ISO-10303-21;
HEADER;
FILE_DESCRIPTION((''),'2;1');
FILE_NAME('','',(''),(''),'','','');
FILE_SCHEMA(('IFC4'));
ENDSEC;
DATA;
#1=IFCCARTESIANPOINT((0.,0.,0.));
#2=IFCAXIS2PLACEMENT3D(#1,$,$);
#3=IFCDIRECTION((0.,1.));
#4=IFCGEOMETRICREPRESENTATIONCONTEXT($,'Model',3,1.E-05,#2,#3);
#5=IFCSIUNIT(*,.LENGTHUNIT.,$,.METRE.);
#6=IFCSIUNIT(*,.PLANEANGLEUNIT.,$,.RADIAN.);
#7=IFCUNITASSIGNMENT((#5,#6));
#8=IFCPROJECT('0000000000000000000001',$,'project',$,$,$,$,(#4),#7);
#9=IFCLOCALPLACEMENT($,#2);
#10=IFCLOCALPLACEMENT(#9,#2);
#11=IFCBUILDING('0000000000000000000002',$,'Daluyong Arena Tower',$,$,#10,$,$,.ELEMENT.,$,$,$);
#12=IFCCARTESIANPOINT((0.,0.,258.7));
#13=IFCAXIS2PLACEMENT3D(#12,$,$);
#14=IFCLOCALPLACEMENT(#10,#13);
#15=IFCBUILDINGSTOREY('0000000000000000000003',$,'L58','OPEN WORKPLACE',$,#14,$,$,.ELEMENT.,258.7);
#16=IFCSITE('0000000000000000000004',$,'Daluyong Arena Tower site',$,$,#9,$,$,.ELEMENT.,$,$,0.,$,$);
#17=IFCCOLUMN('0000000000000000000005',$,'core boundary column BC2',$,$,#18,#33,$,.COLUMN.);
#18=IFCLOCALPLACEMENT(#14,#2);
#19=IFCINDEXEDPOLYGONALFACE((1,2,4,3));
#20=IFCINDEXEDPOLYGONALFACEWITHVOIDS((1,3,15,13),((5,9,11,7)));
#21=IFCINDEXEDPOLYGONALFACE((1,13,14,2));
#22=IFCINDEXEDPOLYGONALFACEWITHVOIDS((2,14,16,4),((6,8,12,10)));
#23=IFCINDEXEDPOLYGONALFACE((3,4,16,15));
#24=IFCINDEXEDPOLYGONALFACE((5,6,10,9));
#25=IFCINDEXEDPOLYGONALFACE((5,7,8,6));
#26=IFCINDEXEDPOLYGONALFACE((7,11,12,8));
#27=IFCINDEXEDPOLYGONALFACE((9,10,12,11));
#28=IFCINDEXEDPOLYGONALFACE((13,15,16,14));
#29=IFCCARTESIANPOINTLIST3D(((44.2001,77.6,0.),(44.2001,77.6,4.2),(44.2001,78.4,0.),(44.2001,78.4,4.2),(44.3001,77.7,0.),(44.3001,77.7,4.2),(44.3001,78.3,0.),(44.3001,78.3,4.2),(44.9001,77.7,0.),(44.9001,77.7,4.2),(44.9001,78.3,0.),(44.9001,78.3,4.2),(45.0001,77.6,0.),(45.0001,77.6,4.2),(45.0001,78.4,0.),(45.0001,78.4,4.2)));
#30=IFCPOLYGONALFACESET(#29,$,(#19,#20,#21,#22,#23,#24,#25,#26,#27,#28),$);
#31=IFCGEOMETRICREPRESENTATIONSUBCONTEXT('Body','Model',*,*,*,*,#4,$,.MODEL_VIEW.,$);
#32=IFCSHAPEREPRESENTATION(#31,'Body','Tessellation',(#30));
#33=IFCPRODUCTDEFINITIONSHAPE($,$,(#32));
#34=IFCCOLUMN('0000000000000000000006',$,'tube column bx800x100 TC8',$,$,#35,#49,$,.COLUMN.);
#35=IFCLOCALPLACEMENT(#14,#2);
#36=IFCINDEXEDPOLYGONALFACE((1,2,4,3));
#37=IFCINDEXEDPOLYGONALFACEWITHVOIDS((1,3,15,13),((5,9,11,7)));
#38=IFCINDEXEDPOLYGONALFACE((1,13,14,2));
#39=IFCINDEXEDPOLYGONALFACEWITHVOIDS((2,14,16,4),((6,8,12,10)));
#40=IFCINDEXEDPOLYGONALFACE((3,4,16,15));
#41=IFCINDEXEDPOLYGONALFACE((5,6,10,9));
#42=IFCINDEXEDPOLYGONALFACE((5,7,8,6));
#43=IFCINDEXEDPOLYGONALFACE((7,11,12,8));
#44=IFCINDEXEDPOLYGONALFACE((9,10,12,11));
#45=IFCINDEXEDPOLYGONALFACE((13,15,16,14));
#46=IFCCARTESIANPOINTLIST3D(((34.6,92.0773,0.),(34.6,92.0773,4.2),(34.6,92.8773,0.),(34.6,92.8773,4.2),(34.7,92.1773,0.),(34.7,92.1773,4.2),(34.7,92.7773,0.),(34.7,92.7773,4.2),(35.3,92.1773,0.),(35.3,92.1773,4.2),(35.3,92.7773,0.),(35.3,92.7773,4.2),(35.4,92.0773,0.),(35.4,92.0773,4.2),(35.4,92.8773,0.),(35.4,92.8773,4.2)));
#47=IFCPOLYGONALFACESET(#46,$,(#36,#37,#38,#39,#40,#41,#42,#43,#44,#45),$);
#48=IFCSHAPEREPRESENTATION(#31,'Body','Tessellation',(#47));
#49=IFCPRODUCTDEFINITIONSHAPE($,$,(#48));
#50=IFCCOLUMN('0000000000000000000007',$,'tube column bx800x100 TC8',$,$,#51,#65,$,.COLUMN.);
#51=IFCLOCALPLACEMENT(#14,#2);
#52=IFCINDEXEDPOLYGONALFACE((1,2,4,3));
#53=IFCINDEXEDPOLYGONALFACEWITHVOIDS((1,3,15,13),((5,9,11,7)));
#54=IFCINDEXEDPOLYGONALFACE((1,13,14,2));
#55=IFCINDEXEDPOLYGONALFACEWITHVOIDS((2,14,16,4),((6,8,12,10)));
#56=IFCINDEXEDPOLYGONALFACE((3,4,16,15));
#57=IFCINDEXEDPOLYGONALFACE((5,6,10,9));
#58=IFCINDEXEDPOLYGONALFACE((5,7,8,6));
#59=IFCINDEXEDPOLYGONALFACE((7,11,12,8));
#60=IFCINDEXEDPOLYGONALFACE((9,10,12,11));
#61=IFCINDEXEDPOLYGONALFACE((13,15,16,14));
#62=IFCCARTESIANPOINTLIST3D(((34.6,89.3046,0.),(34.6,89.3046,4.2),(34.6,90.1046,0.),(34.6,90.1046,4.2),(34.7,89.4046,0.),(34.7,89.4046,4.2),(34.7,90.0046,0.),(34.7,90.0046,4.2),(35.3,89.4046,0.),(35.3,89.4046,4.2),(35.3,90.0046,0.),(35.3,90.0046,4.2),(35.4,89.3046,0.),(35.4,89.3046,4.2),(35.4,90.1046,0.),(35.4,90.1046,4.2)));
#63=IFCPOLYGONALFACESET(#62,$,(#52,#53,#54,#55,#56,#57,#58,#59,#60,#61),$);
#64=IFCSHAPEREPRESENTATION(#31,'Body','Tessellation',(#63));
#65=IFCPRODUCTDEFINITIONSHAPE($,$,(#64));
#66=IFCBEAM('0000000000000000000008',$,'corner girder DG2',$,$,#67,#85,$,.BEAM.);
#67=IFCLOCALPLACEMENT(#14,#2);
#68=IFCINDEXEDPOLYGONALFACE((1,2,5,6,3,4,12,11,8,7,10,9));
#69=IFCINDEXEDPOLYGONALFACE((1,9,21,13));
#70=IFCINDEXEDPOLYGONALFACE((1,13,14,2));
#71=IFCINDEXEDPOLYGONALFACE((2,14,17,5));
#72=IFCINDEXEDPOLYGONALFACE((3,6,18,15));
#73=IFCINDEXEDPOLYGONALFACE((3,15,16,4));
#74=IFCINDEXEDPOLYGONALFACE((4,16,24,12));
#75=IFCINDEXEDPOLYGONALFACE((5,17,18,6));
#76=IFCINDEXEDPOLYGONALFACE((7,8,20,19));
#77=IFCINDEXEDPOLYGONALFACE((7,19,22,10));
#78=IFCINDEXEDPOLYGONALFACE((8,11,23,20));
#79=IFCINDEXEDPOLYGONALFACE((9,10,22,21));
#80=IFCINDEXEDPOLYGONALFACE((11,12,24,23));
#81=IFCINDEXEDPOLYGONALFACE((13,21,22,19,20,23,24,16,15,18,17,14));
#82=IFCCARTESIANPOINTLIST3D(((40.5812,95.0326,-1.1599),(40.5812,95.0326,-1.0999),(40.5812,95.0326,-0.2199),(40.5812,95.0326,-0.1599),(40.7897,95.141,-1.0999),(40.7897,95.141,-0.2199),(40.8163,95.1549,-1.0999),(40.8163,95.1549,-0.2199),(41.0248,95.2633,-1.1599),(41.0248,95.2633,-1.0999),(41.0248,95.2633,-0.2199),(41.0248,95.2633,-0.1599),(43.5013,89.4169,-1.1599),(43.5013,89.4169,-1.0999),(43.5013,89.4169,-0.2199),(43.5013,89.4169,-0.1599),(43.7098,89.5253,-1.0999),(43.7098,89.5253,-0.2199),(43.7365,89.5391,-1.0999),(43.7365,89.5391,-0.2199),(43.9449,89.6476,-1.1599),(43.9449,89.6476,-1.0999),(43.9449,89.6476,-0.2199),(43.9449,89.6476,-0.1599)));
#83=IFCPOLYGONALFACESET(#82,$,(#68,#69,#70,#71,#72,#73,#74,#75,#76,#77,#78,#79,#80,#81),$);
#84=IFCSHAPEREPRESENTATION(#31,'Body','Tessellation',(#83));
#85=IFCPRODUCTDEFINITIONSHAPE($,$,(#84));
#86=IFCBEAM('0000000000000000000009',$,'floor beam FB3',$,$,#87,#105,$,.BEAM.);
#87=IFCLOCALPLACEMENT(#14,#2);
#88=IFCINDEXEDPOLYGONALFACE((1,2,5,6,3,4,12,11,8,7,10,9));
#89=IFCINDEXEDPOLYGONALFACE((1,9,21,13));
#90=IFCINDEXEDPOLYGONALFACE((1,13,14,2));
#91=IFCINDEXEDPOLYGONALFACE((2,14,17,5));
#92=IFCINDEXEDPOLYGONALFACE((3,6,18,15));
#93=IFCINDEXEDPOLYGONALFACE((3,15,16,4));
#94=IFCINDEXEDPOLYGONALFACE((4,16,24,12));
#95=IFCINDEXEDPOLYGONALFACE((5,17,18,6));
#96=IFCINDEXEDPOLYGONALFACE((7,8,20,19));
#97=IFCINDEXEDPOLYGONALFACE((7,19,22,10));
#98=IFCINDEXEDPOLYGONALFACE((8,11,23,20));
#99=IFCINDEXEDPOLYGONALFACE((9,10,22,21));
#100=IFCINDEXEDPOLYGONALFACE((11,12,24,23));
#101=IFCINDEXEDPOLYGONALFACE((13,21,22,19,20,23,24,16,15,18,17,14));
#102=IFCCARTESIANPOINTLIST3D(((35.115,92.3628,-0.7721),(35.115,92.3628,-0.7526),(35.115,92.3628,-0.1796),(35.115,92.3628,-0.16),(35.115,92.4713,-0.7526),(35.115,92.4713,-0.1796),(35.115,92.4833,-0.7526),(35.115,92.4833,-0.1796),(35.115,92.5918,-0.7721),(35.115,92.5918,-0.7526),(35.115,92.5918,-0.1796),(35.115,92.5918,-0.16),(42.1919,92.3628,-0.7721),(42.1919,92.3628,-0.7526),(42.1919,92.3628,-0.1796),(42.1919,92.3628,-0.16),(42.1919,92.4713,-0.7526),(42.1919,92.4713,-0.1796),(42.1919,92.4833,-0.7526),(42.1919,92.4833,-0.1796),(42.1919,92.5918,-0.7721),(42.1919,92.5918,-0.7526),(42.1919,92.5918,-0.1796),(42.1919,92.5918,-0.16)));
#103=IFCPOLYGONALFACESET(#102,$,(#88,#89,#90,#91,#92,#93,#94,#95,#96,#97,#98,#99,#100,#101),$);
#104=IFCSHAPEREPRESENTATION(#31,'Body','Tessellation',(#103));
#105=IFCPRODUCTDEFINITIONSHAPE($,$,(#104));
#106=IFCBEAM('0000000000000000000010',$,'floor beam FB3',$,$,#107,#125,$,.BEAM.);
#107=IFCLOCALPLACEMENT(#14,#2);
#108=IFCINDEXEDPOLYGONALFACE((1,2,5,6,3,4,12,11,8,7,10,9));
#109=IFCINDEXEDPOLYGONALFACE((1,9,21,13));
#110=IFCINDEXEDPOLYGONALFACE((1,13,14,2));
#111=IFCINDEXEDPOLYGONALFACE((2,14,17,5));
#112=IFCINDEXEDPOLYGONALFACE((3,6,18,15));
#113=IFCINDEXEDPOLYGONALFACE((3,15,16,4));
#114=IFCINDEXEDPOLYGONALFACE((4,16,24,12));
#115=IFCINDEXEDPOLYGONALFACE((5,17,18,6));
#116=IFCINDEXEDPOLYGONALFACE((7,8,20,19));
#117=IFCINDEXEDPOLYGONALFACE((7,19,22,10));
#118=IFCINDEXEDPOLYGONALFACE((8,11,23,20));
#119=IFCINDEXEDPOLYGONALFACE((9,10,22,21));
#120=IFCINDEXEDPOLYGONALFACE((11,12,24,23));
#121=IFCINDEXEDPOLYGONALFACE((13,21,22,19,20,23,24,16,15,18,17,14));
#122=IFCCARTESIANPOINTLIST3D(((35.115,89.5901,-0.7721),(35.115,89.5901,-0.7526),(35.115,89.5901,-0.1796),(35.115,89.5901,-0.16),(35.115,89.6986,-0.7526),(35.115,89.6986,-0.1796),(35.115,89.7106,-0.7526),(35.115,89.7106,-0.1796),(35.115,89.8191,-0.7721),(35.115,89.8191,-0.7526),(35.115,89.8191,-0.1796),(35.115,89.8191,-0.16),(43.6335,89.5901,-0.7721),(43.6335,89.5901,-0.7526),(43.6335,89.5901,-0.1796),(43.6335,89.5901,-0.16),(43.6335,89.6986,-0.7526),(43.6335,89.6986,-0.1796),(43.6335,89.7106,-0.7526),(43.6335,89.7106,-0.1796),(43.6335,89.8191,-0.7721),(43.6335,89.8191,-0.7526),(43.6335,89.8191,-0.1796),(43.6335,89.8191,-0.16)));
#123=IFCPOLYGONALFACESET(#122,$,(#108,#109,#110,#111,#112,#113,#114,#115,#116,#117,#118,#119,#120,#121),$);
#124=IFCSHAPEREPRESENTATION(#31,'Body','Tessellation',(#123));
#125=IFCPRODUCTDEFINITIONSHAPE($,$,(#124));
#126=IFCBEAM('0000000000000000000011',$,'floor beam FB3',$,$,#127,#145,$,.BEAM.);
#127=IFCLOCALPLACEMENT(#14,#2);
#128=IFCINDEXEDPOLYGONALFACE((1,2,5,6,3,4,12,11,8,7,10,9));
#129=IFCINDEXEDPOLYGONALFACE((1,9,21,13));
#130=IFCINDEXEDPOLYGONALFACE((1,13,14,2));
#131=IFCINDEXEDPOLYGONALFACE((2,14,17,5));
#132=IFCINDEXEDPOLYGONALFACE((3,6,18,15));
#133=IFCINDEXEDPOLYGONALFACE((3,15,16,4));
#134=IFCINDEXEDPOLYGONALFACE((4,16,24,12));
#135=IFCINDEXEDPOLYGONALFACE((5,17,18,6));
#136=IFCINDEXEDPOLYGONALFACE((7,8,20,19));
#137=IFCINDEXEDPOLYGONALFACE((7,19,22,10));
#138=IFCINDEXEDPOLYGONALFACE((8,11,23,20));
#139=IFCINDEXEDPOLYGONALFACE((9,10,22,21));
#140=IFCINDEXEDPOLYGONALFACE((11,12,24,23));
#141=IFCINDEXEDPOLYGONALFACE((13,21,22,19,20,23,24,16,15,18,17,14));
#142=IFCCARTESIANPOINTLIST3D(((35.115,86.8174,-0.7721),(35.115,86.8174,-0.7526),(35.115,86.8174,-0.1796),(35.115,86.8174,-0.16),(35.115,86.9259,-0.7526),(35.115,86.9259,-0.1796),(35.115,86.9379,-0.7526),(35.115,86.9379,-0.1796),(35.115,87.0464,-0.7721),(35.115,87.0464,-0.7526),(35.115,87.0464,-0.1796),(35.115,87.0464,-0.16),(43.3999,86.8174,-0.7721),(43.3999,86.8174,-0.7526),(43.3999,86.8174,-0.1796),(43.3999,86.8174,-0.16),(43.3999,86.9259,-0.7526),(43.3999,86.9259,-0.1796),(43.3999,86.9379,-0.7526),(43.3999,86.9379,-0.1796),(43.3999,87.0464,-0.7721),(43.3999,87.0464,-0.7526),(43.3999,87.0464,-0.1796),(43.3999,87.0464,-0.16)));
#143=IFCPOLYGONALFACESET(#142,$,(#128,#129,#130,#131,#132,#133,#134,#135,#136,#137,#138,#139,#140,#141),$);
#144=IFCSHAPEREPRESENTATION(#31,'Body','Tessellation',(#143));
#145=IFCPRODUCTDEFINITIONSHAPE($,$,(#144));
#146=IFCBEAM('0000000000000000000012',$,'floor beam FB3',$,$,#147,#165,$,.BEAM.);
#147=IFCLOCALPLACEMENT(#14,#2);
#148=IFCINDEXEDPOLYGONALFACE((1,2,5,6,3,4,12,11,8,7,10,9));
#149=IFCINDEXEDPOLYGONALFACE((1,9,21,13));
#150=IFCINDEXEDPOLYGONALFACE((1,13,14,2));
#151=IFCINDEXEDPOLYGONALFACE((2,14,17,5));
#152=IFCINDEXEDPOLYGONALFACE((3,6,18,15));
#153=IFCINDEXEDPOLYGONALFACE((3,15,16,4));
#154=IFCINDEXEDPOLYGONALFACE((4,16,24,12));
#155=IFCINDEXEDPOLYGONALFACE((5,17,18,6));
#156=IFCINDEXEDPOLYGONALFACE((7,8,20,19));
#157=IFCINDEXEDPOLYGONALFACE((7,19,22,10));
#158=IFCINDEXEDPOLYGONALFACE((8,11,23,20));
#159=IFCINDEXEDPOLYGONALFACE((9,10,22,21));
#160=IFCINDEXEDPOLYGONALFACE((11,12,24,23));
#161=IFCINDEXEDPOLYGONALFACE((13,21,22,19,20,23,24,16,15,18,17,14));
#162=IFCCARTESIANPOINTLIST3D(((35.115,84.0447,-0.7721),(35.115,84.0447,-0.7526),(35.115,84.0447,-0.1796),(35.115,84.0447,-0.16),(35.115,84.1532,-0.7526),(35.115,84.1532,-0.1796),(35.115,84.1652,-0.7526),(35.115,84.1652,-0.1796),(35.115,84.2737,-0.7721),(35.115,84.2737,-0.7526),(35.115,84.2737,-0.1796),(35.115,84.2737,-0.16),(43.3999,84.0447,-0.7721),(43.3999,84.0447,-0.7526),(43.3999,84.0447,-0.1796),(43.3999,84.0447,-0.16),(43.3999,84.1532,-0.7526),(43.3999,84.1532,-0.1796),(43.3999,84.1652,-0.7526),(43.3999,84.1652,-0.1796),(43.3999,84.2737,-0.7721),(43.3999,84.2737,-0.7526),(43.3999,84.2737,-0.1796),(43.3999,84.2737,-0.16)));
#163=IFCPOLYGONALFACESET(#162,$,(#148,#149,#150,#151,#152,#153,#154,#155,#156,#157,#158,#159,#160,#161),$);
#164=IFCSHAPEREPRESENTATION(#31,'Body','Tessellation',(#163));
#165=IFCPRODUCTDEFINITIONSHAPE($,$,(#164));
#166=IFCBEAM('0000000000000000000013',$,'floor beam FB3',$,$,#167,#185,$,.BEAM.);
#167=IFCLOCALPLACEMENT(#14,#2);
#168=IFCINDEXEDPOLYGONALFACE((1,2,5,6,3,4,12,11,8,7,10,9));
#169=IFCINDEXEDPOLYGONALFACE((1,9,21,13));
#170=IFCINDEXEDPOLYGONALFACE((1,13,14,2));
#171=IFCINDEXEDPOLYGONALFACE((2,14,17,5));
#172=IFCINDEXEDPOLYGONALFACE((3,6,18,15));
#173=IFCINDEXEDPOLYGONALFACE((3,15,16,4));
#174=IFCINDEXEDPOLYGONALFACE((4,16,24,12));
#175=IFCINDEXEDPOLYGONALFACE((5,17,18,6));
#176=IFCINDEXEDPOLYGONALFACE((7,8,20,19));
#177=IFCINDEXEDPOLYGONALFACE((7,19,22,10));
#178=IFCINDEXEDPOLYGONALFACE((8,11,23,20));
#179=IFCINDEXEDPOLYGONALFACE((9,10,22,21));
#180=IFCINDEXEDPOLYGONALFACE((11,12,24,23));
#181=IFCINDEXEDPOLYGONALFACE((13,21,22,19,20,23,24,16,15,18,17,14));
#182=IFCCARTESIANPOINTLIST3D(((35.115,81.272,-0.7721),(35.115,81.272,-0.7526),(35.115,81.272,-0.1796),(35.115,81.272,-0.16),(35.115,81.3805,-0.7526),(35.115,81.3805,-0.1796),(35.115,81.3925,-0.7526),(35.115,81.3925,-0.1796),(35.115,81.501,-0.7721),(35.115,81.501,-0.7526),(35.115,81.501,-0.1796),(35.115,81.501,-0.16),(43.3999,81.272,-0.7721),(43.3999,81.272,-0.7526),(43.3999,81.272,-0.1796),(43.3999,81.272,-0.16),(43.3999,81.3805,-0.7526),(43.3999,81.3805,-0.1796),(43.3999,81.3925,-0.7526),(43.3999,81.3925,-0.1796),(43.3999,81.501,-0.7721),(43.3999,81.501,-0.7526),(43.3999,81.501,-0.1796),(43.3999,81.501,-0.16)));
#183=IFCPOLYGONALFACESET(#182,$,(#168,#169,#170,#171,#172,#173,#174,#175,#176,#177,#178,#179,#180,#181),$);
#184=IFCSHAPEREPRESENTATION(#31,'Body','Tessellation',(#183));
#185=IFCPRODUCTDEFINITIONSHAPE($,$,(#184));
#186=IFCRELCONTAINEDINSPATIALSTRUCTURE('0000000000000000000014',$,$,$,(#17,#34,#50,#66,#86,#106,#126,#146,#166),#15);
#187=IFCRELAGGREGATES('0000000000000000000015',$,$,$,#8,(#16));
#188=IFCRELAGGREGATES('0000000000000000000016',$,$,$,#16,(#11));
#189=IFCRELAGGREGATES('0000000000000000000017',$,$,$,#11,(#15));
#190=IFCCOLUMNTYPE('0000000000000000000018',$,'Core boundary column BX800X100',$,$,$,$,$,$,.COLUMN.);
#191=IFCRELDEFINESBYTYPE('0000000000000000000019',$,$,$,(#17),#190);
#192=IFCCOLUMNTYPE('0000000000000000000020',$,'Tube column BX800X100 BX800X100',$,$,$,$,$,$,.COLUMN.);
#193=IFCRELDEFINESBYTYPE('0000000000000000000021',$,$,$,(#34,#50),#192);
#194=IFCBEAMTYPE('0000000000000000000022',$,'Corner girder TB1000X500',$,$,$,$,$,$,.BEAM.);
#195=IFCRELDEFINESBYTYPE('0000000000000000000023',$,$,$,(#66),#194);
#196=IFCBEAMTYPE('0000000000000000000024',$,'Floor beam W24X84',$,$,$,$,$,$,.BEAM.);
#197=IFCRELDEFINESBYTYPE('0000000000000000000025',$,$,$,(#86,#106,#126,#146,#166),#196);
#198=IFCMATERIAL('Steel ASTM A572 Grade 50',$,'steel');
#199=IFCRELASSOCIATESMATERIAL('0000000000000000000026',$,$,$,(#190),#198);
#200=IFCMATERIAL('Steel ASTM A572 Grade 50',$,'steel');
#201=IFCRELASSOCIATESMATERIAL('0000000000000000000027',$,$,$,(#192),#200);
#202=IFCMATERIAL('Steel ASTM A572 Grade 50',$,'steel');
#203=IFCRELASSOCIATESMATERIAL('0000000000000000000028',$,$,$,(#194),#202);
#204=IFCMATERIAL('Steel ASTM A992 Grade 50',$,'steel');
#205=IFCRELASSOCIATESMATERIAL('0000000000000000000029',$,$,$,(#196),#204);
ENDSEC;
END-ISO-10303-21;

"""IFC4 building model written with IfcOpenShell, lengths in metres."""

from ifc_helpers import new_model, si_unit, direction, frame, origin, origin_2d, place, context, subcontext, project, spatial, hollow_rectangle, i_section, extrude, material, material_profile, profile_set, type_object, element, save


model = new_model("IFC4")

# Units and contexts
model_context = context("Model", 3, precision=1e-05, world=origin(), true_north=direction((0.0, 1.0)))
body_context = subcontext(model_context, "Body", "Model", "MODEL_VIEW")
ifc_project = project(units=[si_unit("LENGTHUNIT", "METRE"), si_unit("PLANEANGLEUNIT", "RADIAN")], contexts=[model_context])

# Site, building, storey
site_placement = place(None, origin())
site = spatial("IfcSite", under=ifc_project, at=site_placement, Name="Daluyong Arena Tower site", CompositionType="ELEMENT", RefElevation=0.0)
building_placement = place(site_placement, origin())
building = spatial("IfcBuilding", under=site, at=building_placement, Name="Daluyong Arena Tower", CompositionType="ELEMENT")
storey_placement = place(building_placement, frame((0.0, 0.0, 258.7)))
storey = spatial("IfcBuildingStorey", under=building, at=storey_placement, Name="L58", Description="OPEN WORKPLACE", CompositionType="ELEMENT", Elevation=258.7)

# Columns
ifc_material_1 = material(Name="Steel ASTM A572 Grade 50", Category="steel")
ifc_material_profile_1 = material_profile(ifc_material_1, hollow_rectangle(XDim=0.8, YDim=0.8, WallThickness=0.1, at=origin_2d()))
ifc_profile_set_1 = profile_set([ifc_material_profile_1], Name="Steel ASTM A572 Grade 50")
column_type_1 = type_object("IfcColumnType", Name="Core boundary column BX800X100", PredefinedType="COLUMN", material=ifc_profile_set_1)
column_placement = place(storey_placement, frame((44.6001, 78.0, 0.0), z_axis=(0.0, 0.0, 1.0), x_axis=(1.0, 0.0, 0.0)))
element("IfcColumn", 1, at=column_placement, inside=storey, type_object=column_type_1, Name="core boundary column BC2", PredefinedType="COLUMN", context=body_context, shape_type="SweptSolid", body=[
    extrude(hollow_rectangle(XDim=0.8, YDim=0.8, WallThickness=0.1, at=origin_2d()), origin(), (0.0, 0.0, 1.0), 4.2),
])
ifc_material_2 = material(Name="Steel ASTM A572 Grade 50", Category="steel")
ifc_material_profile_2 = material_profile(ifc_material_2, hollow_rectangle(XDim=0.8, YDim=0.8, WallThickness=0.1, at=origin_2d()))
ifc_profile_set_2 = profile_set([ifc_material_profile_2], Name="Steel ASTM A572 Grade 50")
column_type_2 = type_object("IfcColumnType", Name="Tube column BX800X100 BX800X100", PredefinedType="COLUMN", material=ifc_profile_set_2)
for number, where, z_axis, x_axis, name in (
    (2, (35.0, 92.4773, 0.0), (0.0, 0.0, 1.0), (0.0, 1.0, 0.0), "tube column bx800x100 TC8"),
    (3, (35.0, 89.7046, 0.0), (0.0, 0.0, 1.0), (0.0, 1.0, 0.0), "tube column bx800x100 TC8"),
):
    element("IfcColumn", number, at=place(storey_placement, frame(where, z_axis=z_axis, x_axis=x_axis)), inside=storey, type_object=column_type_2, Name=name, PredefinedType="COLUMN", context=body_context, shape_type="SweptSolid", body=[
        extrude(hollow_rectangle(XDim=0.8, YDim=0.8, WallThickness=0.1, at=origin_2d()), origin(), (0.0, 0.0, 1.0), 4.2),
    ])

# Beams
ifc_material_3 = material(Name="Steel ASTM A572 Grade 50", Category="steel")
ifc_material_profile_3 = material_profile(ifc_material_3, i_section(OverallWidth=0.5, OverallDepth=1.0, WebThickness=0.03, FlangeThickness=0.06, at=origin_2d()))
ifc_profile_set_3 = profile_set([ifc_material_profile_3], Name="Steel ASTM A572 Grade 50")
beam_type_1 = type_object("IfcBeamType", Name="Corner girder TB1000X500", PredefinedType="BEAM", material=ifc_profile_set_3)
beam_1_placement = place(storey_placement, frame((40.803, 95.1479, -0.6599), z_axis=(0.461352, -0.887217, 0.0), x_axis=(0.887217, 0.461352, 0.0)))
element("IfcBeam", 4, at=beam_1_placement, inside=storey, type_object=beam_type_1, Name="corner girder DG2", PredefinedType="BEAM", context=body_context, shape_type="SweptSolid", body=[
    extrude(i_section(OverallWidth=0.5, OverallDepth=1.0, WebThickness=0.03, FlangeThickness=0.06, at=origin_2d()), origin(), (0.0, 0.0, 1.0), 6.3296),
])
ifc_material_4 = material(Name="Steel ASTM A992 Grade 50", Category="steel")
ifc_material_profile_4 = material_profile(ifc_material_4, i_section(OverallWidth=0.229, OverallDepth=0.6121, WebThickness=0.012, FlangeThickness=0.0195, at=origin_2d()))
ifc_profile_set_4 = profile_set([ifc_material_profile_4], Name="Steel ASTM A992 Grade 50")
beam_type_2 = type_object("IfcBeamType", Name="Floor beam W24X84", PredefinedType="BEAM", material=ifc_profile_set_4)
beam_2_placement = place(storey_placement, frame((35.115, 92.4773, -0.4661), z_axis=(1.0, 0.0, 0.0), x_axis=(0.0, 1.0, 0.0)))
element("IfcBeam", 5, at=beam_2_placement, inside=storey, type_object=beam_type_2, Name="floor beam FB3", PredefinedType="BEAM", context=body_context, shape_type="SweptSolid", body=[
    extrude(i_section(OverallWidth=0.229, OverallDepth=0.6121, WebThickness=0.012, FlangeThickness=0.0195, at=origin_2d()), origin(), (0.0, 0.0, 1.0), 7.0769),
])
beam_3_placement = place(storey_placement, frame((35.115, 89.7046, -0.4661), z_axis=(1.0, 0.0, 0.0), x_axis=(0.0, 1.0, 0.0)))
element("IfcBeam", 6, at=beam_3_placement, inside=storey, type_object=beam_type_2, Name="floor beam FB3", PredefinedType="BEAM", context=body_context, shape_type="SweptSolid", body=[
    extrude(i_section(OverallWidth=0.229, OverallDepth=0.6121, WebThickness=0.012, FlangeThickness=0.0195, at=origin_2d()), origin(), (0.0, 0.0, 1.0), 8.5186),
])
for number, where, z_axis, x_axis, name in (
    (7, (35.115, 86.9319, -0.4661), (1.0, 0.0, 0.0), (0.0, 1.0, 0.0), "floor beam FB3"),
    (8, (35.115, 84.1592, -0.4661), (1.0, 0.0, 0.0), (0.0, 1.0, 0.0), "floor beam FB3"),
    (9, (35.115, 81.3865, -0.4661), (1.0, 0.0, 0.0), (0.0, 1.0, 0.0), "floor beam FB3"),
):
    element("IfcBeam", number, at=place(storey_placement, frame(where, z_axis=z_axis, x_axis=x_axis)), inside=storey, type_object=beam_type_2, Name=name, PredefinedType="BEAM", context=body_context, shape_type="SweptSolid", body=[
        extrude(i_section(OverallWidth=0.229, OverallDepth=0.6121, WebThickness=0.012, FlangeThickness=0.0195, at=origin_2d()), origin(), (0.0, 0.0, 1.0), 8.2849),
    ])

save(model, "model.ifc")
